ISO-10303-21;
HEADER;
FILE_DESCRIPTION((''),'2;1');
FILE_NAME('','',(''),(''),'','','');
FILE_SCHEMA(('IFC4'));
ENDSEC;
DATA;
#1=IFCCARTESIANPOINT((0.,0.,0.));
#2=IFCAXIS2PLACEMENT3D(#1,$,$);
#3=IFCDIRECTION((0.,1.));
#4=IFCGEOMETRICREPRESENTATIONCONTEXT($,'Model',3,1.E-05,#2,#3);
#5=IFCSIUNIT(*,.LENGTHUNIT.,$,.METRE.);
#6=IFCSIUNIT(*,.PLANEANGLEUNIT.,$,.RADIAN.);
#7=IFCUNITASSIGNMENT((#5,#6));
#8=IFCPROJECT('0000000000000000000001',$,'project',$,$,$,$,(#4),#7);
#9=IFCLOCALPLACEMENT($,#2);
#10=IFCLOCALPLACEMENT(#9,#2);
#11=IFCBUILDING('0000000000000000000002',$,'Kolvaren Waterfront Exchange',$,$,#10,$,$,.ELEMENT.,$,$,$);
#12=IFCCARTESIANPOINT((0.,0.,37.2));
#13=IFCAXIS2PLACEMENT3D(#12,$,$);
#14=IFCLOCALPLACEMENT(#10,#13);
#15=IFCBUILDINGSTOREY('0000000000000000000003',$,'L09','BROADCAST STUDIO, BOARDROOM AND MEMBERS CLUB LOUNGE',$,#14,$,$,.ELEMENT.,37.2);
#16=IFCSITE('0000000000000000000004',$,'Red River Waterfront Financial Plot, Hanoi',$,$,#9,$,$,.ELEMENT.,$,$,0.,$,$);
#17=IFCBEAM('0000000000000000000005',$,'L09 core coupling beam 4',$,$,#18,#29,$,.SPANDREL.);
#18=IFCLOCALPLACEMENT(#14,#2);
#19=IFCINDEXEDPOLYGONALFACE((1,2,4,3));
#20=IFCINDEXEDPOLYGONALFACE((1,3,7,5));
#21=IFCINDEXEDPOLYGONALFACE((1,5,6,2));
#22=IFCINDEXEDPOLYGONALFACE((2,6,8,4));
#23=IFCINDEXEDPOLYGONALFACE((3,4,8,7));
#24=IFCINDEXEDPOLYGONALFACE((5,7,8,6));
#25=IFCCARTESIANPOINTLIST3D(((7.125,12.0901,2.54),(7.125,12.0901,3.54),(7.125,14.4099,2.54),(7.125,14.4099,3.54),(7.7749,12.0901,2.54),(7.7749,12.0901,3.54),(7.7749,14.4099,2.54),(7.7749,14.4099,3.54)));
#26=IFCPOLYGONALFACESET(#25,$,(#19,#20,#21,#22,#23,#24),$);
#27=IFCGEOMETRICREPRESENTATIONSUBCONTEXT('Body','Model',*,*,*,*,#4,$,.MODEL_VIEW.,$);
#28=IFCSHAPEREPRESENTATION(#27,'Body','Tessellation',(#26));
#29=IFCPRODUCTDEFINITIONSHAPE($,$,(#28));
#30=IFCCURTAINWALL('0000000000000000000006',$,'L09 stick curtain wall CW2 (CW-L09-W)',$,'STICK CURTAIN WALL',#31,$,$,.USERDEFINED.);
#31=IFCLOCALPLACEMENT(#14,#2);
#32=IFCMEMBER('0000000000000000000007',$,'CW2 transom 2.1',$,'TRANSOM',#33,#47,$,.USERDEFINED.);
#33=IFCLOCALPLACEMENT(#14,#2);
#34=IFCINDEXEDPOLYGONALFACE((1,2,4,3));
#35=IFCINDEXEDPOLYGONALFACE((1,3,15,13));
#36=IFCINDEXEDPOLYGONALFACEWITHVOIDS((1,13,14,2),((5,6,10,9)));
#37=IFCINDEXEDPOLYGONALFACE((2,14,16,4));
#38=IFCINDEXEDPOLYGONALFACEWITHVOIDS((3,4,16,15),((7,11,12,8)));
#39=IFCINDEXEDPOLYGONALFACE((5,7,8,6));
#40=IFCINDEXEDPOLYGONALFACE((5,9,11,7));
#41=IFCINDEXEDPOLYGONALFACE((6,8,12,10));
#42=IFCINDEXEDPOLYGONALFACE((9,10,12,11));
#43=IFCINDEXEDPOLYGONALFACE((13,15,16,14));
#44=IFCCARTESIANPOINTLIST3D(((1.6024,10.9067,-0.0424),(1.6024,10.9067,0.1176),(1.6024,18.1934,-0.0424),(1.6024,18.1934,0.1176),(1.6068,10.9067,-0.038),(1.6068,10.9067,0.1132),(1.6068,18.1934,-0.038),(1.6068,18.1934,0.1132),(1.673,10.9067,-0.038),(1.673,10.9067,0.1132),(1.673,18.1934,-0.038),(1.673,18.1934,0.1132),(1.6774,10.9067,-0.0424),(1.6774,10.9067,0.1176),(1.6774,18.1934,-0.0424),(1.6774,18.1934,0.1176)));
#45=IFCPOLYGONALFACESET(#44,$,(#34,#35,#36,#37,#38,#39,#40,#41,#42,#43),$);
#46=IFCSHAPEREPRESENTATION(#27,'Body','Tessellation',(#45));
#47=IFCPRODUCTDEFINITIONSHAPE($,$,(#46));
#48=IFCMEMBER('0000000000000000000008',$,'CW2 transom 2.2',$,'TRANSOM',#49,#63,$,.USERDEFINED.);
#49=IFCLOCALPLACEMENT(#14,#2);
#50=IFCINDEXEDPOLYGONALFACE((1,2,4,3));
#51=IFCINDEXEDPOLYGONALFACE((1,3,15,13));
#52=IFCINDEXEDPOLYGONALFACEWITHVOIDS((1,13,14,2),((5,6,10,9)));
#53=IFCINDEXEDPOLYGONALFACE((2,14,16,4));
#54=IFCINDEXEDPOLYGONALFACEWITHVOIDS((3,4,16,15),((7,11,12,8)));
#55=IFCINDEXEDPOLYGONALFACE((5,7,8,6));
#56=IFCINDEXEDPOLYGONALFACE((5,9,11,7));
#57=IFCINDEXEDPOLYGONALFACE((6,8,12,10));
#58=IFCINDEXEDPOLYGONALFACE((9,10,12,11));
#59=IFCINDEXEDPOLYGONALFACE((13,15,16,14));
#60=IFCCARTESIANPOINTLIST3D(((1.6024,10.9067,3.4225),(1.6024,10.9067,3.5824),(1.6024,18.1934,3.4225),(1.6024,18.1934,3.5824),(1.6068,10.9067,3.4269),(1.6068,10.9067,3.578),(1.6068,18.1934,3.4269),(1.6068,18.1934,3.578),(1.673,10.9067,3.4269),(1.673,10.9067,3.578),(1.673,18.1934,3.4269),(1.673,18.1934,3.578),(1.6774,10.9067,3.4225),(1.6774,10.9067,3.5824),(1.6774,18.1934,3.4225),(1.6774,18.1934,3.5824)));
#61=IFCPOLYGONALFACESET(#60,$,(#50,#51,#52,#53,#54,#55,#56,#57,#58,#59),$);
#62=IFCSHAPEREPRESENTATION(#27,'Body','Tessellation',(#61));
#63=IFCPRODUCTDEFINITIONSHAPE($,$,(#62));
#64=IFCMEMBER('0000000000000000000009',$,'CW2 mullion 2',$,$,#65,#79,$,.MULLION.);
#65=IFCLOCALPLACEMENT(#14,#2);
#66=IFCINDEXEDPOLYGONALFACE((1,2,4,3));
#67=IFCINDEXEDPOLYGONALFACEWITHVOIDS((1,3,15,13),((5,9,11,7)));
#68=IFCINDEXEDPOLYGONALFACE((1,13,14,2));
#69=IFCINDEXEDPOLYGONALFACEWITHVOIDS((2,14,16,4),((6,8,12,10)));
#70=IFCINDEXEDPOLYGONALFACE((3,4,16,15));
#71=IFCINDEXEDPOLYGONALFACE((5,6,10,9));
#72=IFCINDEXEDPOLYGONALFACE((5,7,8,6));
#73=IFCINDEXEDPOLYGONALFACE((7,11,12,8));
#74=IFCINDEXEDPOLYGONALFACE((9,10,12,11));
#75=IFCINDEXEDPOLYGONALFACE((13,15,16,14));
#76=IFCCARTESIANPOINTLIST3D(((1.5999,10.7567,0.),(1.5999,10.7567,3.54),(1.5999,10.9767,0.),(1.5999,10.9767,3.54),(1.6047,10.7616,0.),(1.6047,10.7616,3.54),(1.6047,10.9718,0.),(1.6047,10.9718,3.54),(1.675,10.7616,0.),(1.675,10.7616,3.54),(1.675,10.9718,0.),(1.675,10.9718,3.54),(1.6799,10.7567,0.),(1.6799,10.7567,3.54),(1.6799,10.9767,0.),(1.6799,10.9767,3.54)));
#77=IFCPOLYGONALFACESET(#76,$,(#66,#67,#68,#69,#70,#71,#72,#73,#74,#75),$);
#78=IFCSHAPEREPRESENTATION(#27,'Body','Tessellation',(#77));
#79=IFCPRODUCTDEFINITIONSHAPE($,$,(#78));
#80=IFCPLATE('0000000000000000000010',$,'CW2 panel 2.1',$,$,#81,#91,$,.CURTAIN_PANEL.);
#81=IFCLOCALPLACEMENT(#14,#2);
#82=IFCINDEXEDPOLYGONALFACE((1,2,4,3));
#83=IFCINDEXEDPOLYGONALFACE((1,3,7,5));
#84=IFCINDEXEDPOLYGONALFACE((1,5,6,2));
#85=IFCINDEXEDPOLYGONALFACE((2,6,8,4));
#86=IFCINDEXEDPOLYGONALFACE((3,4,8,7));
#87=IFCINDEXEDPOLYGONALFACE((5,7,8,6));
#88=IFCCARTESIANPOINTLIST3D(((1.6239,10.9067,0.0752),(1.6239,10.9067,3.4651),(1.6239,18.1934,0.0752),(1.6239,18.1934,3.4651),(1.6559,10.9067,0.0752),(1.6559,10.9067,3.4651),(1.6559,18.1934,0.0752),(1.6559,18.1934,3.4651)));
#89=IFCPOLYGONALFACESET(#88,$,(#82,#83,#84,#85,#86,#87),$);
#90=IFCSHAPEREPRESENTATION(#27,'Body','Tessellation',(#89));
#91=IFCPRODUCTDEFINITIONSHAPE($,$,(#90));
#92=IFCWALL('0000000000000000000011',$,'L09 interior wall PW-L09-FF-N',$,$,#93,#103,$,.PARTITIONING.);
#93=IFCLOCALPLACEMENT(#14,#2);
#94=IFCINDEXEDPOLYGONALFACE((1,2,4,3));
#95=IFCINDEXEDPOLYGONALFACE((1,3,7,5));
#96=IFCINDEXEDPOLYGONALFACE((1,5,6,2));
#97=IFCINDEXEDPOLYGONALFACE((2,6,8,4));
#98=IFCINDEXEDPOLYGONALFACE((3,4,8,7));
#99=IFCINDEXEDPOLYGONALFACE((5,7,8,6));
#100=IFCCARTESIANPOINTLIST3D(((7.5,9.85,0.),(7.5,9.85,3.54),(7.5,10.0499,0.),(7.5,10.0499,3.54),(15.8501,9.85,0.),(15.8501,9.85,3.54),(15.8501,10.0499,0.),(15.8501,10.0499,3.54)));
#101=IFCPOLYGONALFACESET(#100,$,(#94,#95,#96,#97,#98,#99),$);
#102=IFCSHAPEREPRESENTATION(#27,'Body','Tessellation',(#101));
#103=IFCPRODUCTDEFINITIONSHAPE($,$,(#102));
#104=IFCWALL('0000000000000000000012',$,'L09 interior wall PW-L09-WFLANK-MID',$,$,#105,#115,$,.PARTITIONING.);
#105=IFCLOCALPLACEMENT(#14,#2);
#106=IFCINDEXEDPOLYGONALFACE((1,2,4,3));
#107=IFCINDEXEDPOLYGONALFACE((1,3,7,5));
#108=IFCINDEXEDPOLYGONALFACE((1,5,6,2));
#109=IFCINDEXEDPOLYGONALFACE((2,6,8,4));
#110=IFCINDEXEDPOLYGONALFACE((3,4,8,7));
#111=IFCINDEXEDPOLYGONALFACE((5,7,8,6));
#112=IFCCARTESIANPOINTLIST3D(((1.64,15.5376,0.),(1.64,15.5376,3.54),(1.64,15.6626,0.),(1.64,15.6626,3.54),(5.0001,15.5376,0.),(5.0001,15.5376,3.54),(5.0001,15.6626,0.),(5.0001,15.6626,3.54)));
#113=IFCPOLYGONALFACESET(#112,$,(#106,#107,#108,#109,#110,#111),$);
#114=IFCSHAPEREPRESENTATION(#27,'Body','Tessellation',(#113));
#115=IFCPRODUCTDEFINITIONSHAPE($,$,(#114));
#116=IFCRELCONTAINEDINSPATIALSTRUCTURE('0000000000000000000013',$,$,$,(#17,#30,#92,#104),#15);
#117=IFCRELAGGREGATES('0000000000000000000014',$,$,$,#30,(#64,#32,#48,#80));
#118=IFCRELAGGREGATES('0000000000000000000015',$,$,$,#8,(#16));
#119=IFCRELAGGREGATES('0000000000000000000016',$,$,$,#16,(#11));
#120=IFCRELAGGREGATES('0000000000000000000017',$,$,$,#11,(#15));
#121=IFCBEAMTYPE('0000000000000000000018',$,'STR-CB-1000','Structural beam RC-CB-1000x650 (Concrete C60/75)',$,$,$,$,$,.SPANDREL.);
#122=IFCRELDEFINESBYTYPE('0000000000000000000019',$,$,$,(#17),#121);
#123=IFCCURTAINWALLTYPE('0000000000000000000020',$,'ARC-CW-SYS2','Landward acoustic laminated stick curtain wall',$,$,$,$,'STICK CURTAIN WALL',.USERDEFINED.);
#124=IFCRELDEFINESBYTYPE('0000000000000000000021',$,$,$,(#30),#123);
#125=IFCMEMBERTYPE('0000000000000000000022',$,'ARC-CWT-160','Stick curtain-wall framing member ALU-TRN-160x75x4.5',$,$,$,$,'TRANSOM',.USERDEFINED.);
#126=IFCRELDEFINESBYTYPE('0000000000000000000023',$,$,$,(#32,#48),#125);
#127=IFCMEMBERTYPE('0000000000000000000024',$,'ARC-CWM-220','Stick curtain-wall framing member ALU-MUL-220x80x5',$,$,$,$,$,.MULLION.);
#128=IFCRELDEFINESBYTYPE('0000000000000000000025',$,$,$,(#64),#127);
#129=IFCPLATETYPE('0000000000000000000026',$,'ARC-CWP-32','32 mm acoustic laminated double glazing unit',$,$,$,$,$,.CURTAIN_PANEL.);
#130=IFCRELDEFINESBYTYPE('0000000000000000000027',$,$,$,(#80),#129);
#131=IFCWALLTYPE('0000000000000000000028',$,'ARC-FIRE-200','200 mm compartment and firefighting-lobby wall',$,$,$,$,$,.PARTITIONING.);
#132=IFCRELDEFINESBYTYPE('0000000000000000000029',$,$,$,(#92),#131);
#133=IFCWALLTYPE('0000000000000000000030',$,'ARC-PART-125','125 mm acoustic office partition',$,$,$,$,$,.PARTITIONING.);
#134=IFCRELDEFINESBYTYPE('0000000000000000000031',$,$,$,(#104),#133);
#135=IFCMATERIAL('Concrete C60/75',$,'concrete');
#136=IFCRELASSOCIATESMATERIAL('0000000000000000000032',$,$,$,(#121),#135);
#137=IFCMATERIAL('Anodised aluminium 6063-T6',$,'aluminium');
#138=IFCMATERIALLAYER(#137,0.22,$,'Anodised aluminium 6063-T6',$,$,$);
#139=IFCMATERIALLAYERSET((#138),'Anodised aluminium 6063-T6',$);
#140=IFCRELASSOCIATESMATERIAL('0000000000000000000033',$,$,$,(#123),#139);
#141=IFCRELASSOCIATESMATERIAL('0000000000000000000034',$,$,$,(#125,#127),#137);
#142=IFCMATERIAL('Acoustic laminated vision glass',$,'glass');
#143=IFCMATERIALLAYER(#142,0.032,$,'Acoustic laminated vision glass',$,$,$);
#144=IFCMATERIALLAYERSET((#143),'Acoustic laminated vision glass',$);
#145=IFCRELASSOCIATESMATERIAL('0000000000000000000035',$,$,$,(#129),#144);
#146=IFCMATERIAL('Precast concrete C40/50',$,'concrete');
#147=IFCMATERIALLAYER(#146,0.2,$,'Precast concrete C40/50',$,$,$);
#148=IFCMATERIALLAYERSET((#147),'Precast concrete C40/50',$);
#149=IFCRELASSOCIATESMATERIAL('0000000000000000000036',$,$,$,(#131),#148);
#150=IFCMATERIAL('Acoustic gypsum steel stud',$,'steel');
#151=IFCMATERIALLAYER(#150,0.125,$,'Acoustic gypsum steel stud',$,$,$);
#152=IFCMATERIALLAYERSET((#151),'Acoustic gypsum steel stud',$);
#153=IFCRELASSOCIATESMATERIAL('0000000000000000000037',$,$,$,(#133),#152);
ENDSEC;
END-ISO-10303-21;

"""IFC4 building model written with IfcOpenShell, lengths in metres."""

from ifc_helpers import new_model, si_unit, direction, frame, frame_2d, origin, origin_with_axes, origin_2d, place, context, subcontext, project, spatial, rectangle, hollow_rectangle, extrude, source, transform, mapped, material, layer, layer_set, material_profile, profile_set, type_object, element, aggregate, save


model = new_model("IFC4")

# Units and contexts
model_context = context("Model", 3, precision=1e-05, world=origin(), true_north=direction((0.0, 1.0)))
body_context = subcontext(model_context, "Body", "Model", "MODEL_VIEW")
ifc_project = project(units=[si_unit("LENGTHUNIT", "METRE"), si_unit("PLANEANGLEUNIT", "RADIAN")], contexts=[model_context])

# Site, building, storey
site_placement = place(None, origin())
site = spatial("IfcSite", under=ifc_project, at=site_placement, Name="Red River Waterfront Financial Plot, Hanoi", CompositionType="ELEMENT", RefElevation=0.0)
building_placement = place(site_placement, origin())
building = spatial("IfcBuilding", under=site, at=building_placement, Name="Kolvaren Waterfront Exchange", CompositionType="ELEMENT")
storey_placement = place(building_placement, frame((0.0, 0.0, 37.2)))
storey = spatial("IfcBuildingStorey", under=building, at=storey_placement, Name="L09", Description="BROADCAST STUDIO, BOARDROOM AND MEMBERS CLUB LOUNGE", CompositionType="ELEMENT", Elevation=37.2)

# Beam
ifc_material_1 = material(Name="Concrete C60/75", Category="concrete")
ifc_material_profile_1 = material_profile(ifc_material_1, rectangle(XDim=0.6499, YDim=1.0, at=origin_2d()), Name="RC-CB-1000x650")
ifc_profile_set_1 = profile_set([ifc_material_profile_1], Name="Concrete C60/75")
beam_type = type_object("IfcBeamType", Name="STR-CB-1000", Description="Structural beam RC-CB-1000x650 (Concrete C60/75)", PredefinedType="SPANDREL", material=ifc_profile_set_1)
beam_placement = place(storey_placement, frame((7.45, 12.0901, 3.04), z_axis=(0.0, 1.0, 0.0), x_axis=(-1.0, 0.0, 0.0)))
element("IfcBeam", 1, at=beam_placement, inside=storey, type_object=beam_type, Name="L09 core coupling beam 4", PredefinedType="SPANDREL", context=body_context, shape_type="SweptSolid", body=[
    extrude(rectangle(XDim=0.6499, YDim=1.0, at=origin_2d()), origin(), (0.0, 0.0, 1.0), 2.3198),
])

# Curtain wall, members, plate
ifc_material_2 = material(Name="Anodised aluminium 6063-T6", Category="aluminium")
ifc_layer_1 = layer(ifc_material_2, 0.22, Name="Anodised aluminium 6063-T6")
ifc_layer_set_1 = layer_set([ifc_layer_1], Name="Anodised aluminium 6063-T6")
curtain_wall_type = type_object("IfcCurtainWallType", Name="ARC-CW-SYS2", Description="Landward acoustic laminated stick curtain wall", ElementType="STICK CURTAIN WALL", PredefinedType="USERDEFINED", material=ifc_layer_set_1)
curtain_wall_placement = place(storey_placement, origin())
curtain_wall = element("IfcCurtainWall", 2, at=curtain_wall_placement, inside=storey, type_object=curtain_wall_type, Name="L09 stick curtain wall CW2 (CW-L09-W)", ObjectType="STICK CURTAIN WALL", PredefinedType="USERDEFINED")
ifc_material_profile_2 = material_profile(ifc_material_2, hollow_rectangle(XDim=0.075, YDim=0.1599, WallThickness=0.0044, at=origin_2d()), Name="ALU-TRN-160x75x4.5")
ifc_profile_set_2 = profile_set([ifc_material_profile_2], Name="Anodised aluminium 6063-T6")
member_type_1 = type_object("IfcMemberType", Name="ARC-CWT-160", Description="Stick curtain-wall framing member ALU-TRN-160x75x4.5", ElementType="TRANSOM", PredefinedType="USERDEFINED", material=ifc_profile_set_2)
shared_shape_1 = source(origin_with_axes(), body_context, "Body", "SweptSolid", [
    extrude(hollow_rectangle(XDim=0.075, YDim=0.1599, WallThickness=0.0044, at=origin_2d()), origin(), (0.0, 0.0, 1.0), 7.2866),
])
member_1_placement = place(storey_placement, frame((1.6399, 10.9067, 0.0376), z_axis=(0.0, 1.0, 0.0), x_axis=(-1.0, 0.0, 0.0)))
member_1 = element("IfcMember", 3, at=member_1_placement, type_object=member_type_1, Name="CW2 transom 2.1", ObjectType="TRANSOM", PredefinedType="USERDEFINED", context=body_context, shape_type="MappedRepresentation", body=[
    mapped(shared_shape_1, transform((0.0, 0.0, 0.0), x_axis=(1.0, 0.0, 0.0), y_axis=(0.0, 1.0, 0.0), z_axis=(0.0, 0.0, 1.0), scale=1.0)),
])
member_2_placement = place(storey_placement, frame((1.6399, 10.9067, 3.5024), z_axis=(0.0, 1.0, 0.0), x_axis=(-1.0, 0.0, 0.0)))
member_2 = element("IfcMember", 4, at=member_2_placement, type_object=member_type_1, Name="CW2 transom 2.2", ObjectType="TRANSOM", PredefinedType="USERDEFINED", context=body_context, shape_type="MappedRepresentation", body=[
    mapped(shared_shape_1, transform((0.0, 0.0, 0.0), x_axis=(1.0, 0.0, 0.0), y_axis=(0.0, 1.0, 0.0), z_axis=(0.0, 0.0, 1.0), scale=1.0)),
])
ifc_material_profile_3 = material_profile(ifc_material_2, hollow_rectangle(XDim=0.0801, YDim=0.22, WallThickness=0.0049, at=origin_2d()), Name="ALU-MUL-220x80x5")
ifc_profile_set_3 = profile_set([ifc_material_profile_3], Name="Anodised aluminium 6063-T6")
member_type_2 = type_object("IfcMemberType", Name="ARC-CWM-220", Description="Stick curtain-wall framing member ALU-MUL-220x80x5", PredefinedType="MULLION", material=ifc_profile_set_3)
shared_shape_2 = source(origin_with_axes(), body_context, "Body", "SweptSolid", [
    extrude(hollow_rectangle(XDim=0.0801, YDim=0.22, WallThickness=0.0049, at=origin_2d()), origin(), (0.0, 0.0, 1.0), 3.54),
])
member_3_placement = place(storey_placement, frame((1.6399, 10.8667, 0.0), z_axis=(0.0, 0.0, 1.0), x_axis=(-1.0, 0.0, 0.0)))
member_3 = element("IfcMember", 5, at=member_3_placement, type_object=member_type_2, Name="CW2 mullion 2", PredefinedType="MULLION", context=body_context, shape_type="MappedRepresentation", body=[
    mapped(shared_shape_2, transform((0.0, 0.0, 0.0), x_axis=(1.0, 0.0, 0.0), y_axis=(0.0, 1.0, 0.0), z_axis=(0.0, 0.0, 1.0), scale=1.0)),
])
ifc_material_3 = material(Name="Acoustic laminated vision glass", Category="glass")
ifc_layer_2 = layer(ifc_material_3, 0.032, Name="Acoustic laminated vision glass")
ifc_layer_set_2 = layer_set([ifc_layer_2], Name="Acoustic laminated vision glass")
plate_type = type_object("IfcPlateType", Name="ARC-CWP-32", Description="32 mm acoustic laminated double glazing unit", PredefinedType="CURTAIN_PANEL", material=ifc_layer_set_2)
shared_shape_3 = source(origin_with_axes(), body_context, "Body", "SweptSolid", [
    extrude(rectangle(XDim=7.2866, YDim=0.032, at=origin_2d()), origin(), (0.0, 0.0, 1.0), 3.3899),
])
plate_placement = place(storey_placement, frame((1.6399, 14.55, 0.0752), z_axis=(0.0, 0.0, 1.0), x_axis=(0.0, 1.0, 0.0)))
plate = element("IfcPlate", 6, at=plate_placement, type_object=plate_type, Name="CW2 panel 2.1", PredefinedType="CURTAIN_PANEL", context=body_context, shape_type="MappedRepresentation", body=[
    mapped(shared_shape_3, transform((0.0, 0.0, 0.0), x_axis=(1.0, 0.0, 0.0), y_axis=(0.0, 1.0, 0.0), z_axis=(0.0, 0.0, 1.0), scale=1.0)),
])
aggregate(curtain_wall, [member_3, member_1, member_2, plate])

# Walls
ifc_material_4 = material(Name="Precast concrete C40/50", Category="concrete")
ifc_layer_3 = layer(ifc_material_4, 0.2, Name="Precast concrete C40/50")
ifc_layer_set_3 = layer_set([ifc_layer_3], Name="Precast concrete C40/50")
wall_type_1 = type_object("IfcWallType", Name="ARC-FIRE-200", Description="200 mm compartment and firefighting-lobby wall", PredefinedType="PARTITIONING", material=ifc_layer_set_3)
wall_1_placement = place(storey_placement, frame((7.5, 9.95, 0.0), z_axis=(0.0, 0.0, 1.0), x_axis=(1.0, 0.0, 0.0)))
element("IfcWall", 7, at=wall_1_placement, inside=storey, type_object=wall_type_1, Name="L09 interior wall PW-L09-FF-N", PredefinedType="PARTITIONING", context=body_context, shape_type="SweptSolid", body=[
    extrude(rectangle(XDim=8.3501, YDim=0.2, at=frame_2d((4.175, 0.0))), origin(), (0.0, 0.0, 1.0), 3.54),
])
ifc_material_5 = material(Name="Acoustic gypsum steel stud", Category="steel")
ifc_layer_4 = layer(ifc_material_5, 0.125, Name="Acoustic gypsum steel stud")
ifc_layer_set_4 = layer_set([ifc_layer_4], Name="Acoustic gypsum steel stud")
wall_type_2 = type_object("IfcWallType", Name="ARC-PART-125", Description="125 mm acoustic office partition", PredefinedType="PARTITIONING", material=ifc_layer_set_4)
wall_2_placement = place(storey_placement, frame((1.6399, 15.6001, 0.0), z_axis=(0.0, 0.0, 1.0), x_axis=(1.0, 0.0, 0.0)))
element("IfcWall", 8, at=wall_2_placement, inside=storey, type_object=wall_type_2, Name="L09 interior wall PW-L09-WFLANK-MID", PredefinedType="PARTITIONING", context=body_context, shape_type="SweptSolid", body=[
    extrude(rectangle(XDim=3.3601, YDim=0.125, at=frame_2d((1.6802, 0.0))), origin(), (0.0, 0.0, 1.0), 3.54),
])

save(model, "model.ifc")
